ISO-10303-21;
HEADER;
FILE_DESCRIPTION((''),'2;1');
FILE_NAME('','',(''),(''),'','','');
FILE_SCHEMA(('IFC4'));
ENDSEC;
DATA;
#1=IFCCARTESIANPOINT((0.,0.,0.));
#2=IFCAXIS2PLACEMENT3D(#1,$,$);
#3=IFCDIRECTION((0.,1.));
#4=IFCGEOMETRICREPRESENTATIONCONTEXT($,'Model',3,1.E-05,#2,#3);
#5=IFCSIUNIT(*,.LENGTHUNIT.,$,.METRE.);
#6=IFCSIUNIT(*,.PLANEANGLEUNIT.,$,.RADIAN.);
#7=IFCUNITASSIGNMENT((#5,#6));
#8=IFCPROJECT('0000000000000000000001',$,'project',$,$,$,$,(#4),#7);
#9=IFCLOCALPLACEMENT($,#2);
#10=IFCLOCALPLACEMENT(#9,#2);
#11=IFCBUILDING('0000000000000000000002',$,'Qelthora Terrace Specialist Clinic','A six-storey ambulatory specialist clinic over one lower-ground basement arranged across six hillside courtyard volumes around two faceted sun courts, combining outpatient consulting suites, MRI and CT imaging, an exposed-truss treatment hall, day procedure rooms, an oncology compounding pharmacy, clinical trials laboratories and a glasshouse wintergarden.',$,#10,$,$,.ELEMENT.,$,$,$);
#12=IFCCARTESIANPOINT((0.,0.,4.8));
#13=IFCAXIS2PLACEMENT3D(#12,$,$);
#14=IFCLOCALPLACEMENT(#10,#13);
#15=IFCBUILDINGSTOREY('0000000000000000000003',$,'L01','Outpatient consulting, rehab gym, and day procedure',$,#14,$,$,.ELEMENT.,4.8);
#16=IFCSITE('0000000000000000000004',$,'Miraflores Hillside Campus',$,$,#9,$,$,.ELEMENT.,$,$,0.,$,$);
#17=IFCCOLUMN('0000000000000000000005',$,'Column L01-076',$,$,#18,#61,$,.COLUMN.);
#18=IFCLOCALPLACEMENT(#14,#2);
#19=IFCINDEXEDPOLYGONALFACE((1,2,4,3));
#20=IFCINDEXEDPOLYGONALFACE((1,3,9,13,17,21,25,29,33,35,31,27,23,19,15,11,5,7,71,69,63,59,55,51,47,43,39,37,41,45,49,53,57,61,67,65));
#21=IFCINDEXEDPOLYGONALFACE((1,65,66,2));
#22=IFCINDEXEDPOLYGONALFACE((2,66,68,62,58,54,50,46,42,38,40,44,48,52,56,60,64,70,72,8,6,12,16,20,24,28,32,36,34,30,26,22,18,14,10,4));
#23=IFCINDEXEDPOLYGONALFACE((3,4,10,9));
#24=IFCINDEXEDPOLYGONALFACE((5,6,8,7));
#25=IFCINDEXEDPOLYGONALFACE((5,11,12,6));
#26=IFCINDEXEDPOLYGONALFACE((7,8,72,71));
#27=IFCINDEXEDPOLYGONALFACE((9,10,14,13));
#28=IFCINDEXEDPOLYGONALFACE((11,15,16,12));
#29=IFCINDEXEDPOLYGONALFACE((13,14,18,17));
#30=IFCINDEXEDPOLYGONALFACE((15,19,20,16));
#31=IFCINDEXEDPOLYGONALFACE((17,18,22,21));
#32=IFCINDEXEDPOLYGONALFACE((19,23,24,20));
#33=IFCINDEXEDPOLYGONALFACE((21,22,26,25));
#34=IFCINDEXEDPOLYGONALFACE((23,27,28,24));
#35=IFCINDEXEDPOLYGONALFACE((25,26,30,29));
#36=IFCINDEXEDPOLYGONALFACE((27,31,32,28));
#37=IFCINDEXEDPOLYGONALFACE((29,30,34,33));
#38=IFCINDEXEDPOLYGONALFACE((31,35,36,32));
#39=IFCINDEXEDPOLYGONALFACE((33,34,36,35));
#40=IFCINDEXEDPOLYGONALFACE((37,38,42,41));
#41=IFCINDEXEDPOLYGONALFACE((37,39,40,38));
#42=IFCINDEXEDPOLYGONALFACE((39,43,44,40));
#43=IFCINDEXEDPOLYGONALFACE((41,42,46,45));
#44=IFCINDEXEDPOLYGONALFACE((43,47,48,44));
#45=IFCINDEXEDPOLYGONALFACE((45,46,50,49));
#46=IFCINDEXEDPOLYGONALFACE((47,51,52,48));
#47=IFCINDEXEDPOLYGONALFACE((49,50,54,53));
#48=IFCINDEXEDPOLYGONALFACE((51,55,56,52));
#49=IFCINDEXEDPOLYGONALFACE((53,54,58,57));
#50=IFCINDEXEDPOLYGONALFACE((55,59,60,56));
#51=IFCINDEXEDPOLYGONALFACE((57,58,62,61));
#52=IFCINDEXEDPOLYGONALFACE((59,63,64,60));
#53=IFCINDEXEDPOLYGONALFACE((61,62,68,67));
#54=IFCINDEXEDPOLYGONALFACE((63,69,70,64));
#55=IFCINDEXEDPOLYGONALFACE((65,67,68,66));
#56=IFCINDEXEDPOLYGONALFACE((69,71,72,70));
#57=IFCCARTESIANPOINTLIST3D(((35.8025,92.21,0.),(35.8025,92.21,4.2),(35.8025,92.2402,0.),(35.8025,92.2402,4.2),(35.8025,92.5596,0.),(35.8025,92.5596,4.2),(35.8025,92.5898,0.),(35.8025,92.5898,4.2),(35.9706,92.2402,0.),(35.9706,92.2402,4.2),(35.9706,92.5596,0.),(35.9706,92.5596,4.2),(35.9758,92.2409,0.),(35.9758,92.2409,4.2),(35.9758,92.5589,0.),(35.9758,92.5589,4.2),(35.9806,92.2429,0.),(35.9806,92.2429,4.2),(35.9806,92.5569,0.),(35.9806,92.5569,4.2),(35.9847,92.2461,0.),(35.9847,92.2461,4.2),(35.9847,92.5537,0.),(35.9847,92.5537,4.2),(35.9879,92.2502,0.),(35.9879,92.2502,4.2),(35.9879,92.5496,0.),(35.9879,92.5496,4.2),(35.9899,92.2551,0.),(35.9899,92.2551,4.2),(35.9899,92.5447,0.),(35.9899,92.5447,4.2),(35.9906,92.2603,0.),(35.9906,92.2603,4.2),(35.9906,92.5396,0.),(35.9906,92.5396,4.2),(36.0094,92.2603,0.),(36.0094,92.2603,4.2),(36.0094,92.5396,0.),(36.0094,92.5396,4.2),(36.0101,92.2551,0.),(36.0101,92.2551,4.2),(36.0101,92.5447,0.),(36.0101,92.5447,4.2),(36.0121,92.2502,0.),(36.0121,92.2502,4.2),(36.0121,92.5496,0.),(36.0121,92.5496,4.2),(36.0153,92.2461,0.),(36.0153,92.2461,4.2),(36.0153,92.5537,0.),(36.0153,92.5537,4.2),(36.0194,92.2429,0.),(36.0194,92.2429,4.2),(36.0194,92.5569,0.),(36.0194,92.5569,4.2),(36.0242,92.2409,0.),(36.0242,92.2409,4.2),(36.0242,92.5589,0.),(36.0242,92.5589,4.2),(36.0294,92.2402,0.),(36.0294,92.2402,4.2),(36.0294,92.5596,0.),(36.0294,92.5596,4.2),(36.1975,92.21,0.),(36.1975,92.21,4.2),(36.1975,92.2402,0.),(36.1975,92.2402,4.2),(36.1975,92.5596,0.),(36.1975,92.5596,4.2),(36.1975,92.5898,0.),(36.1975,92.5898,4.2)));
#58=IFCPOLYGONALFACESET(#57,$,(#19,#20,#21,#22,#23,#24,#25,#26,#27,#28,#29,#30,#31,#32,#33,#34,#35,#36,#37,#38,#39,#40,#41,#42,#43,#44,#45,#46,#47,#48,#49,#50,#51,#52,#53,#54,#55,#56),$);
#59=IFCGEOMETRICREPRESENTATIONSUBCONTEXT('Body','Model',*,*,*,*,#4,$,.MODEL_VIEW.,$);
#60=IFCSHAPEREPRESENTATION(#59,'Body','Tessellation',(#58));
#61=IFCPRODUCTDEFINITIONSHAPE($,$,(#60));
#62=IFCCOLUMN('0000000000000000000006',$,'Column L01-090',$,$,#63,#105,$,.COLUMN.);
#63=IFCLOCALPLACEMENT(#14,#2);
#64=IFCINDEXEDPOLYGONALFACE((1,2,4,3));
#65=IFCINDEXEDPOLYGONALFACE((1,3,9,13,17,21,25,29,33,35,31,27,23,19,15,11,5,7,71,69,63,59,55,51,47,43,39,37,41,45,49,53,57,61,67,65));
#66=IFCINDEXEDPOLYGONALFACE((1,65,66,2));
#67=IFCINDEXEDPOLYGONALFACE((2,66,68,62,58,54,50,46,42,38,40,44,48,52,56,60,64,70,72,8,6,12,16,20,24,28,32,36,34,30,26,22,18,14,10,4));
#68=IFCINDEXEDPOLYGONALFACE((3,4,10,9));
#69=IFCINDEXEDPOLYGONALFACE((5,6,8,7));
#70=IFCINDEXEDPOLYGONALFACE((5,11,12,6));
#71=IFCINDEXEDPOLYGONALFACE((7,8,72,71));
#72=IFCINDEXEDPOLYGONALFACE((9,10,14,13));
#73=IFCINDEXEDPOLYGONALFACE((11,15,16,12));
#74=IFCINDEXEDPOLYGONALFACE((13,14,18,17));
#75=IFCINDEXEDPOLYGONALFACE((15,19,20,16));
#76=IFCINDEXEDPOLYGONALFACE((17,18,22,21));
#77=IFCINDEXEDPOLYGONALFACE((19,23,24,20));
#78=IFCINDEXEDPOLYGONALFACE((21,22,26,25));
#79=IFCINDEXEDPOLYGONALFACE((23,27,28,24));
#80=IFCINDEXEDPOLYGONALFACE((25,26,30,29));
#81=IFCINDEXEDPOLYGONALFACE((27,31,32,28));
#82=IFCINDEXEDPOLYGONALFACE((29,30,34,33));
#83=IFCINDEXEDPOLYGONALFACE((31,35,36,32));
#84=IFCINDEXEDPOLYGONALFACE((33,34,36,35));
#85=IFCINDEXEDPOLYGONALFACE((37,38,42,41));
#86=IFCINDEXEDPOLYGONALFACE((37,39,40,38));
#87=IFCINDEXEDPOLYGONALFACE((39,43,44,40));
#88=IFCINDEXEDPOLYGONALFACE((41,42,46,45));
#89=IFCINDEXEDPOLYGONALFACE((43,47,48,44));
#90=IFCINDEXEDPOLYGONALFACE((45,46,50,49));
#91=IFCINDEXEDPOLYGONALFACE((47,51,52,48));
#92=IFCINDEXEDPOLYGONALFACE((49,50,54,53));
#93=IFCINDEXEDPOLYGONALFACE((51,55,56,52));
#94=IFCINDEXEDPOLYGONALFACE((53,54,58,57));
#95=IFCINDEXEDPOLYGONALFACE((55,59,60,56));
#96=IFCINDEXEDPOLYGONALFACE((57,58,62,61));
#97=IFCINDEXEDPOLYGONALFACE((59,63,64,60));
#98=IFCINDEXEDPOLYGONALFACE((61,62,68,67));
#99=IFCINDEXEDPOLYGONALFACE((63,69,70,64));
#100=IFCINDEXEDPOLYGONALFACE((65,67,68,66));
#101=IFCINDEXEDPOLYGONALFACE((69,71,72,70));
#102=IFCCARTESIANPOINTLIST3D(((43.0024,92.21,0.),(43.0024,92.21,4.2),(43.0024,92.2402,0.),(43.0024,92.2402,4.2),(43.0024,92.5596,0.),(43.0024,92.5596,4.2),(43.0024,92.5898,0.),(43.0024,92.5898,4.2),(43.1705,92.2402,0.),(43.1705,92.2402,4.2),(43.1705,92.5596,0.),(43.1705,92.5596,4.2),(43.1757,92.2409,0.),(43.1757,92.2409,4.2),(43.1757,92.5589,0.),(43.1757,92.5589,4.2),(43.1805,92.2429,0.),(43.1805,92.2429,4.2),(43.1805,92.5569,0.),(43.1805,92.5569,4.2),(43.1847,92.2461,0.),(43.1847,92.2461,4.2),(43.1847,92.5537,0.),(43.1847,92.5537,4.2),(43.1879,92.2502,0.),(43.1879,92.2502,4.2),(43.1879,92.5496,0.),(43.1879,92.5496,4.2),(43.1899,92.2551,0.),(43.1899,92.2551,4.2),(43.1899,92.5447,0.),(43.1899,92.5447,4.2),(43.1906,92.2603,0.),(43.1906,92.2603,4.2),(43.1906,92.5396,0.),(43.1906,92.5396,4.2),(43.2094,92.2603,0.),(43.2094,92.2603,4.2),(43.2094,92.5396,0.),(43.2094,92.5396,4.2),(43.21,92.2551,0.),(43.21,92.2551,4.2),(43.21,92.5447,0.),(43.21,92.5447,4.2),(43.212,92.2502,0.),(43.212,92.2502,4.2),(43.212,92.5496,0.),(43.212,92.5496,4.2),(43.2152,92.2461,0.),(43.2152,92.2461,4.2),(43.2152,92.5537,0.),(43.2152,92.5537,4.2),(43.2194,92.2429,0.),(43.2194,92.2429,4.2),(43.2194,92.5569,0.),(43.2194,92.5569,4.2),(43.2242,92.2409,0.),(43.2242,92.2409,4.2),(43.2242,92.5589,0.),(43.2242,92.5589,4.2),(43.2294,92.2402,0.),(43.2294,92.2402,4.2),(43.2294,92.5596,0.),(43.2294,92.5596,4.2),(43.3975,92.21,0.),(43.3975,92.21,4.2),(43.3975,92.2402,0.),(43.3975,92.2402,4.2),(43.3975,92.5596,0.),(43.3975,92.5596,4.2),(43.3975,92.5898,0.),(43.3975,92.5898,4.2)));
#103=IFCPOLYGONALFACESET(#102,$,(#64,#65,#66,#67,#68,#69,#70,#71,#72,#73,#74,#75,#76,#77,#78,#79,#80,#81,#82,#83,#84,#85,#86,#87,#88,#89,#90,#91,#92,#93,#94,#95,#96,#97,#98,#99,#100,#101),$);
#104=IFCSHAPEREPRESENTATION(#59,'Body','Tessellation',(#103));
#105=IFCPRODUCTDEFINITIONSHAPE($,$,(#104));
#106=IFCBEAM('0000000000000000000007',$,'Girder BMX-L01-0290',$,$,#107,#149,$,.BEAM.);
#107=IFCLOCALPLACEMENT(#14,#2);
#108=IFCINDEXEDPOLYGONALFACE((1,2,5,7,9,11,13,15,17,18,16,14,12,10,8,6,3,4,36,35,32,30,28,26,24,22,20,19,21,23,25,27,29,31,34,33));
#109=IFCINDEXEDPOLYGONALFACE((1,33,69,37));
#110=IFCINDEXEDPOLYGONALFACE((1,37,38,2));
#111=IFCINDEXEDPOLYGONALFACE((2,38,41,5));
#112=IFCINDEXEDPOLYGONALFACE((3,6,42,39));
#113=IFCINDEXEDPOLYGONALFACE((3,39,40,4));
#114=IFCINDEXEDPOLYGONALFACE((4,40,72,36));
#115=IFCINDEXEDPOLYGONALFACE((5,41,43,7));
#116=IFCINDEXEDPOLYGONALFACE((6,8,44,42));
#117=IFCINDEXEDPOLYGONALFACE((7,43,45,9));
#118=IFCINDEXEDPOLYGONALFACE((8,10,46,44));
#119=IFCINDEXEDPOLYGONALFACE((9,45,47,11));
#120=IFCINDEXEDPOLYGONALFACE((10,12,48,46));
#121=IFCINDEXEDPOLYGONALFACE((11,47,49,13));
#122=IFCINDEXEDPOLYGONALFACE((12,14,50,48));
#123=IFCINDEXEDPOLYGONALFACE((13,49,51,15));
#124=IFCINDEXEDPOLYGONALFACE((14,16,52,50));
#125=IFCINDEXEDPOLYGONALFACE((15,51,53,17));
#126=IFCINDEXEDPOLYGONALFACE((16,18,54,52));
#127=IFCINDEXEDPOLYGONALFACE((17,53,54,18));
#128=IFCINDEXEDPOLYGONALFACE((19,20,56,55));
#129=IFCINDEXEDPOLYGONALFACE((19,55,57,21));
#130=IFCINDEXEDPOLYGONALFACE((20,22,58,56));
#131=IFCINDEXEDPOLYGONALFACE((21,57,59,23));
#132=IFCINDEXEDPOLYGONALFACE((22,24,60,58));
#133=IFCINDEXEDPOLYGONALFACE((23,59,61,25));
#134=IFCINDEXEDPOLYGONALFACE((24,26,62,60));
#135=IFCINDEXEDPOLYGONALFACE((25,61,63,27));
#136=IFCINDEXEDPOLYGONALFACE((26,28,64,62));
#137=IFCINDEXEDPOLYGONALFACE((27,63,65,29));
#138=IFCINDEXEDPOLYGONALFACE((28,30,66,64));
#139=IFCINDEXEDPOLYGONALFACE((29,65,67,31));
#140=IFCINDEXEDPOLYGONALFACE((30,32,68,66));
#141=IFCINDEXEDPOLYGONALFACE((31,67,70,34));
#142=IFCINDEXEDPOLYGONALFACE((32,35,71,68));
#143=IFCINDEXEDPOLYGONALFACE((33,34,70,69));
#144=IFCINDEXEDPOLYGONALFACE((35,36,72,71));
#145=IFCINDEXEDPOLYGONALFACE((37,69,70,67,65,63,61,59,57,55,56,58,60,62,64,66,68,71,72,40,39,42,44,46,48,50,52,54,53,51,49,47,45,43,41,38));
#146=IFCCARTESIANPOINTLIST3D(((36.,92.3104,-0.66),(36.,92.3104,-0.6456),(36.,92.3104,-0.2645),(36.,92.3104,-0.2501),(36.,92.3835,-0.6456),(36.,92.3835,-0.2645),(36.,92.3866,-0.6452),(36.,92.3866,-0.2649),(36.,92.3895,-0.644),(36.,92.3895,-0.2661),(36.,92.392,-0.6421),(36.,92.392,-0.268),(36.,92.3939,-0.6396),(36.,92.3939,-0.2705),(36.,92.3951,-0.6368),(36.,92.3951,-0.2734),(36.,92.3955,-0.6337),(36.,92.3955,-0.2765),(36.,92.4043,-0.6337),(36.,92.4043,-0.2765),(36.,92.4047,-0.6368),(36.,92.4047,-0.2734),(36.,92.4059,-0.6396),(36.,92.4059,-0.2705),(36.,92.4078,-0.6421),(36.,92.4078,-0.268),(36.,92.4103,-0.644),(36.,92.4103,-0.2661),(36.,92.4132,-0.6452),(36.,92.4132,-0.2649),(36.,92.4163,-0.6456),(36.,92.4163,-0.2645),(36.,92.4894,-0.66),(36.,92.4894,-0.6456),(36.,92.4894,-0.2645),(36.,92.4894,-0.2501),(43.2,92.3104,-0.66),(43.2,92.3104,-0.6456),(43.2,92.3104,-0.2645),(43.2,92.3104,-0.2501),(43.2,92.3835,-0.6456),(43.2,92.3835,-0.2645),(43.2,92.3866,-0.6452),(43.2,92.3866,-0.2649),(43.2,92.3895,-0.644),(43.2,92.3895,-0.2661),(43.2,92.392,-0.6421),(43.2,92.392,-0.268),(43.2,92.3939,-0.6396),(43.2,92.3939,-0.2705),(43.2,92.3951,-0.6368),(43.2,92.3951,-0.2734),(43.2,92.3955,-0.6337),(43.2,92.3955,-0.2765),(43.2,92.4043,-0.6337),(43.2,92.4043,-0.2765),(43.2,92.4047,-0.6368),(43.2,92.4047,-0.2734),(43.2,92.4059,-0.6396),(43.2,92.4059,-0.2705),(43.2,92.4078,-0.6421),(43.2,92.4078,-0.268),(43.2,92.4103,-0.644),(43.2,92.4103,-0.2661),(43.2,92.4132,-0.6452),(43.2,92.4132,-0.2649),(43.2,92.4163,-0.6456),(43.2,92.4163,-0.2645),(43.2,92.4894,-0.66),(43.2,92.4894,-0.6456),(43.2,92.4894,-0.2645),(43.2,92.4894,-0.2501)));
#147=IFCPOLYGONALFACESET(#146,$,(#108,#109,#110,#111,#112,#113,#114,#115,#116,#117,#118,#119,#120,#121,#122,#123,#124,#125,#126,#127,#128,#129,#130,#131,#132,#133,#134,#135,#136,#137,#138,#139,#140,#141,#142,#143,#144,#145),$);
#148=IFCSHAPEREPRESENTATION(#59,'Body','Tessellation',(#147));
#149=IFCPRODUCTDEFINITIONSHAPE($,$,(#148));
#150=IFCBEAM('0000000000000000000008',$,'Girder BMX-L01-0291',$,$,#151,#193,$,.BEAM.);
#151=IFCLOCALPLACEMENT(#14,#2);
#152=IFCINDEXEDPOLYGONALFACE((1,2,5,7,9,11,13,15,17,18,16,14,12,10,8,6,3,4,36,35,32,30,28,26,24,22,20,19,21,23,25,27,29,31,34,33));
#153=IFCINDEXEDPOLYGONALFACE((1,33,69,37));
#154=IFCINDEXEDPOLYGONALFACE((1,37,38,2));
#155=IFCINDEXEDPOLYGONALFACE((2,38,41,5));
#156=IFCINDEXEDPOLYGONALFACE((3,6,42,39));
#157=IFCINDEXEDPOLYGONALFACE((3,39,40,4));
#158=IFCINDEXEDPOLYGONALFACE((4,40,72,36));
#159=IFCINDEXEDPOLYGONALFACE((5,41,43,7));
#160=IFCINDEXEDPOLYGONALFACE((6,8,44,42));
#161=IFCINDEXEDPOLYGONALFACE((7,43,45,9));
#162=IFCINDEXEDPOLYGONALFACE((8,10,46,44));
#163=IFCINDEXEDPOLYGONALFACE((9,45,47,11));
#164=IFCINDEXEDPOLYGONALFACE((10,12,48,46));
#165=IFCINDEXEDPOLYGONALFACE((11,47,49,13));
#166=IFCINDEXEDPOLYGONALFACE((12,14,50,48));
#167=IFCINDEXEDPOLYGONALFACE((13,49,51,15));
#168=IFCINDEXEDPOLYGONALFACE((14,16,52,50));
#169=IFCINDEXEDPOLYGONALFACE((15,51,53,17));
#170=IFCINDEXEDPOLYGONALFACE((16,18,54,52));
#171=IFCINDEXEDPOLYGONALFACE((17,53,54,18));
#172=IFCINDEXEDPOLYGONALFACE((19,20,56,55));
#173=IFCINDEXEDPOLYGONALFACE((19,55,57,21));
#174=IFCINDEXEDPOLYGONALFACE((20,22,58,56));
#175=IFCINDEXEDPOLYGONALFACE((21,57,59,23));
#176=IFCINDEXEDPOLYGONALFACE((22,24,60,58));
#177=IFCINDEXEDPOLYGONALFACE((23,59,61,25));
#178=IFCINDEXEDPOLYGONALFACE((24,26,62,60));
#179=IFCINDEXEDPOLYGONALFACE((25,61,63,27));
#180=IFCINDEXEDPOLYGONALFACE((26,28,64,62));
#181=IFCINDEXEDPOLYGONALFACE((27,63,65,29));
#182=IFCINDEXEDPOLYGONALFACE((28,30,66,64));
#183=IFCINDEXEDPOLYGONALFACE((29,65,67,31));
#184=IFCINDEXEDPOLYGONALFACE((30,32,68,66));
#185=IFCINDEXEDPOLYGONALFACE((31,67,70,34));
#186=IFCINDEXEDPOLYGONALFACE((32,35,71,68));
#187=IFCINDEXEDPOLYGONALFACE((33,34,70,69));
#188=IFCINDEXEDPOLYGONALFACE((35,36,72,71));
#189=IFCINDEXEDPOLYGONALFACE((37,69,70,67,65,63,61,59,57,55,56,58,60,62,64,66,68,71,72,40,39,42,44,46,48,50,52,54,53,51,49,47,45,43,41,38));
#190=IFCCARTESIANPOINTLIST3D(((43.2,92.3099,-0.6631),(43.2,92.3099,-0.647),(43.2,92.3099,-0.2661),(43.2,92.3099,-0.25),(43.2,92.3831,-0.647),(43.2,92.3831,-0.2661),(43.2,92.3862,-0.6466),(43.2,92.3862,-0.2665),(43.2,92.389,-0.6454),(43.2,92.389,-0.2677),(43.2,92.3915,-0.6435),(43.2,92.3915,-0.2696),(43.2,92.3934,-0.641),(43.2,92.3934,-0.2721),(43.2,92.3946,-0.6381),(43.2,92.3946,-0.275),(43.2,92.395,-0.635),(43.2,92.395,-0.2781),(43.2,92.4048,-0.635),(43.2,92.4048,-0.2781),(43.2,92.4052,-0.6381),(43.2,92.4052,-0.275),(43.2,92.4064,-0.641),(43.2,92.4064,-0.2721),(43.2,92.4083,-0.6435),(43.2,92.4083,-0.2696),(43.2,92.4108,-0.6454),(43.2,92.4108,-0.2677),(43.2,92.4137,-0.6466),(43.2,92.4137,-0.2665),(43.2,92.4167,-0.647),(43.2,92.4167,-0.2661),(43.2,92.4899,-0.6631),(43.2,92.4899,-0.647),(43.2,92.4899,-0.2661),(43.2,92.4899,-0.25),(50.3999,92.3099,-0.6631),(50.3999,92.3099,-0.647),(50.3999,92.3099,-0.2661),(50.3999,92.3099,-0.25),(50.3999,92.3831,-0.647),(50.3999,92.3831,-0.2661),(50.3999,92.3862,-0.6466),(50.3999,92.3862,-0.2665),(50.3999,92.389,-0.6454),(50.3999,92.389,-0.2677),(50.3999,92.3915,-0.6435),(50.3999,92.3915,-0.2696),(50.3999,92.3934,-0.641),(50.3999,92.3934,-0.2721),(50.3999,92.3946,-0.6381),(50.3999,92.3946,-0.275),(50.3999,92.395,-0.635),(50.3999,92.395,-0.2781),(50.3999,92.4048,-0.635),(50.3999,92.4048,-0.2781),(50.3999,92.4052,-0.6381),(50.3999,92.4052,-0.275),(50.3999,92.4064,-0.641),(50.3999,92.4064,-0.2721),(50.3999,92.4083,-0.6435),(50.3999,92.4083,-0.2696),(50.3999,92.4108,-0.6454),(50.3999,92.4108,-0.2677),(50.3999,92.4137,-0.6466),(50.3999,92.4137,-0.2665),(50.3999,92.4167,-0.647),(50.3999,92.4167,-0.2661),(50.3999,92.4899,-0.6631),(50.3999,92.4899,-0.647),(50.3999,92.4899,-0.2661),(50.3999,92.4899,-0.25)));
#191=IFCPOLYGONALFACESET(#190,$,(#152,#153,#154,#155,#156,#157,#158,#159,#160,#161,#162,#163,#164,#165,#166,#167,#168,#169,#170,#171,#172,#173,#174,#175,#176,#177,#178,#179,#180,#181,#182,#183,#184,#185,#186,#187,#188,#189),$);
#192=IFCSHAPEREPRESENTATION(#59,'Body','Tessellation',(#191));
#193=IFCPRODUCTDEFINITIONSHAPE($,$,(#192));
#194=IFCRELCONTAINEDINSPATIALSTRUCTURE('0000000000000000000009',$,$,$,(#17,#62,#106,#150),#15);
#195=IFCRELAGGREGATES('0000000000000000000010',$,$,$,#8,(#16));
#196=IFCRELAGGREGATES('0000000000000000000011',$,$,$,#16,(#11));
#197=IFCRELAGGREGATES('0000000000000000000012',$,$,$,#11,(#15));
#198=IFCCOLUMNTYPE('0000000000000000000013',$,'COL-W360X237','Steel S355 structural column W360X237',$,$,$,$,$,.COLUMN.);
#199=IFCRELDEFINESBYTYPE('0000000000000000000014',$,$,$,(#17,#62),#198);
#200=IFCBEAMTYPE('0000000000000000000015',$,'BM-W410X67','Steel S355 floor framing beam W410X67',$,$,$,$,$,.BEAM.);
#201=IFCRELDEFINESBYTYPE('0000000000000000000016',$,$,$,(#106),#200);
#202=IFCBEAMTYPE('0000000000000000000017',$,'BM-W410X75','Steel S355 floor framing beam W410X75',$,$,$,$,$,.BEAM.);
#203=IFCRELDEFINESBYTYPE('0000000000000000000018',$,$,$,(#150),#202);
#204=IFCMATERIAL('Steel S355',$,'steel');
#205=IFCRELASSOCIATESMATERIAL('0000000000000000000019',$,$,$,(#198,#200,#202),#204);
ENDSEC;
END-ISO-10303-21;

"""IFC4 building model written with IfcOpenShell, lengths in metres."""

from ifc_helpers import new_model, si_unit, direction, frame, origin, origin_2d, place, context, subcontext, project, spatial, i_section, extrude, material, material_profile, profile_set, type_object, element, save


model = new_model("IFC4")

# Units and contexts
model_context = context("Model", 3, precision=1e-05, world=origin(), true_north=direction((0.0, 1.0)))
body_context = subcontext(model_context, "Body", "Model", "MODEL_VIEW")
ifc_project = project(units=[si_unit("LENGTHUNIT", "METRE"), si_unit("PLANEANGLEUNIT", "RADIAN")], contexts=[model_context])

# Site, building, storey
site_placement = place(None, origin())
site = spatial("IfcSite", under=ifc_project, at=site_placement, Name="Miraflores Hillside Campus", CompositionType="ELEMENT", RefElevation=0.0)
building_placement = place(site_placement, origin())
building = spatial("IfcBuilding", under=site, at=building_placement, Name="Qelthora Terrace Specialist Clinic", Description="A six-storey ambulatory specialist clinic over one lower-ground basement arranged across six hillside courtyard volumes around two faceted sun courts, combining outpatient consulting suites, MRI and CT imaging, an exposed-truss treatment hall, day procedure rooms, an oncology compounding pharmacy, clinical trials laboratories and a glasshouse wintergarden.", CompositionType="ELEMENT")
storey_placement = place(building_placement, frame((0.0, 0.0, 4.8)))
storey = spatial("IfcBuildingStorey", under=building, at=storey_placement, Name="L01", Description="Outpatient consulting, rehab gym, and day procedure", CompositionType="ELEMENT", Elevation=4.8)

# Columns
ifc_material_1 = material(Name="Steel S355", Category="steel")
ifc_material_profile_1 = material_profile(ifc_material_1, i_section(OverallWidth=0.395, OverallDepth=0.3799, WebThickness=0.0188, FlangeThickness=0.0303, FilletRadius=0.02, at=origin_2d()), Name="W360X237")
ifc_profile_set_1 = profile_set([ifc_material_profile_1], Name="Steel S355")
column_type = type_object("IfcColumnType", Name="COL-W360X237", Description="Steel S355 structural column W360X237", PredefinedType="COLUMN", material=ifc_profile_set_1)
for number, where, z_axis, x_axis, name in (
    (1, (36.0, 92.3999, 0.0), (0.0, 0.0, 1.0), (1.0, 0.0, 0.0), "Column L01-076"),
    (2, (43.2, 92.3999, 0.0), (0.0, 0.0, 1.0), (1.0, 0.0, 0.0), "Column L01-090"),
):
    element("IfcColumn", number, at=place(storey_placement, frame(where, z_axis=z_axis, x_axis=x_axis)), inside=storey, type_object=column_type, Name=name, PredefinedType="COLUMN", context=body_context, shape_type="SweptSolid", body=[
        extrude(i_section(OverallWidth=0.395, OverallDepth=0.3799, WebThickness=0.0188, FlangeThickness=0.0303, FilletRadius=0.02, at=origin_2d()), origin(), (0.0, 0.0, 1.0), 4.2),
    ])

# Beams
ifc_material_profile_2 = material_profile(ifc_material_1, i_section(OverallWidth=0.179, OverallDepth=0.4099, WebThickness=0.0088, FlangeThickness=0.0144, FilletRadius=0.012, at=origin_2d()), Name="W410X67")
ifc_profile_set_2 = profile_set([ifc_material_profile_2], Name="Steel S355")
beam_type_1 = type_object("IfcBeamType", Name="BM-W410X67", Description="Steel S355 floor framing beam W410X67", PredefinedType="BEAM", material=ifc_profile_set_2)
beam_1_placement = place(storey_placement, frame((36.0, 92.3999, -0.4551), z_axis=(1.0, 0.0, 0.0), x_axis=(0.0, 1.0, 0.0)))
element("IfcBeam", 3, at=beam_1_placement, inside=storey, type_object=beam_type_1, Name="Girder BMX-L01-0290", PredefinedType="BEAM", context=body_context, shape_type="SweptSolid", body=[
    extrude(i_section(OverallWidth=0.179, OverallDepth=0.4099, WebThickness=0.0088, FlangeThickness=0.0144, FilletRadius=0.012, at=origin_2d()), origin(), (0.0, 0.0, 1.0), 7.2),
])
ifc_material_profile_3 = material_profile(ifc_material_1, i_section(OverallWidth=0.1799, OverallDepth=0.4131, WebThickness=0.0098, FlangeThickness=0.0161, FilletRadius=0.012, at=origin_2d()), Name="W410X75")
ifc_profile_set_3 = profile_set([ifc_material_profile_3], Name="Steel S355")
beam_type_2 = type_object("IfcBeamType", Name="BM-W410X75", Description="Steel S355 floor framing beam W410X75", PredefinedType="BEAM", material=ifc_profile_set_3)
beam_2_placement = place(storey_placement, frame((43.2, 92.3999, -0.4565), z_axis=(1.0, 0.0, 0.0), x_axis=(0.0, 1.0, 0.0)))
element("IfcBeam", 4, at=beam_2_placement, inside=storey, type_object=beam_type_2, Name="Girder BMX-L01-0291", PredefinedType="BEAM", context=body_context, shape_type="SweptSolid", body=[
    extrude(i_section(OverallWidth=0.1799, OverallDepth=0.4131, WebThickness=0.0098, FlangeThickness=0.0161, FilletRadius=0.012, at=origin_2d()), origin(), (0.0, 0.0, 1.0), 7.2),
])

save(model, "model.ifc")
